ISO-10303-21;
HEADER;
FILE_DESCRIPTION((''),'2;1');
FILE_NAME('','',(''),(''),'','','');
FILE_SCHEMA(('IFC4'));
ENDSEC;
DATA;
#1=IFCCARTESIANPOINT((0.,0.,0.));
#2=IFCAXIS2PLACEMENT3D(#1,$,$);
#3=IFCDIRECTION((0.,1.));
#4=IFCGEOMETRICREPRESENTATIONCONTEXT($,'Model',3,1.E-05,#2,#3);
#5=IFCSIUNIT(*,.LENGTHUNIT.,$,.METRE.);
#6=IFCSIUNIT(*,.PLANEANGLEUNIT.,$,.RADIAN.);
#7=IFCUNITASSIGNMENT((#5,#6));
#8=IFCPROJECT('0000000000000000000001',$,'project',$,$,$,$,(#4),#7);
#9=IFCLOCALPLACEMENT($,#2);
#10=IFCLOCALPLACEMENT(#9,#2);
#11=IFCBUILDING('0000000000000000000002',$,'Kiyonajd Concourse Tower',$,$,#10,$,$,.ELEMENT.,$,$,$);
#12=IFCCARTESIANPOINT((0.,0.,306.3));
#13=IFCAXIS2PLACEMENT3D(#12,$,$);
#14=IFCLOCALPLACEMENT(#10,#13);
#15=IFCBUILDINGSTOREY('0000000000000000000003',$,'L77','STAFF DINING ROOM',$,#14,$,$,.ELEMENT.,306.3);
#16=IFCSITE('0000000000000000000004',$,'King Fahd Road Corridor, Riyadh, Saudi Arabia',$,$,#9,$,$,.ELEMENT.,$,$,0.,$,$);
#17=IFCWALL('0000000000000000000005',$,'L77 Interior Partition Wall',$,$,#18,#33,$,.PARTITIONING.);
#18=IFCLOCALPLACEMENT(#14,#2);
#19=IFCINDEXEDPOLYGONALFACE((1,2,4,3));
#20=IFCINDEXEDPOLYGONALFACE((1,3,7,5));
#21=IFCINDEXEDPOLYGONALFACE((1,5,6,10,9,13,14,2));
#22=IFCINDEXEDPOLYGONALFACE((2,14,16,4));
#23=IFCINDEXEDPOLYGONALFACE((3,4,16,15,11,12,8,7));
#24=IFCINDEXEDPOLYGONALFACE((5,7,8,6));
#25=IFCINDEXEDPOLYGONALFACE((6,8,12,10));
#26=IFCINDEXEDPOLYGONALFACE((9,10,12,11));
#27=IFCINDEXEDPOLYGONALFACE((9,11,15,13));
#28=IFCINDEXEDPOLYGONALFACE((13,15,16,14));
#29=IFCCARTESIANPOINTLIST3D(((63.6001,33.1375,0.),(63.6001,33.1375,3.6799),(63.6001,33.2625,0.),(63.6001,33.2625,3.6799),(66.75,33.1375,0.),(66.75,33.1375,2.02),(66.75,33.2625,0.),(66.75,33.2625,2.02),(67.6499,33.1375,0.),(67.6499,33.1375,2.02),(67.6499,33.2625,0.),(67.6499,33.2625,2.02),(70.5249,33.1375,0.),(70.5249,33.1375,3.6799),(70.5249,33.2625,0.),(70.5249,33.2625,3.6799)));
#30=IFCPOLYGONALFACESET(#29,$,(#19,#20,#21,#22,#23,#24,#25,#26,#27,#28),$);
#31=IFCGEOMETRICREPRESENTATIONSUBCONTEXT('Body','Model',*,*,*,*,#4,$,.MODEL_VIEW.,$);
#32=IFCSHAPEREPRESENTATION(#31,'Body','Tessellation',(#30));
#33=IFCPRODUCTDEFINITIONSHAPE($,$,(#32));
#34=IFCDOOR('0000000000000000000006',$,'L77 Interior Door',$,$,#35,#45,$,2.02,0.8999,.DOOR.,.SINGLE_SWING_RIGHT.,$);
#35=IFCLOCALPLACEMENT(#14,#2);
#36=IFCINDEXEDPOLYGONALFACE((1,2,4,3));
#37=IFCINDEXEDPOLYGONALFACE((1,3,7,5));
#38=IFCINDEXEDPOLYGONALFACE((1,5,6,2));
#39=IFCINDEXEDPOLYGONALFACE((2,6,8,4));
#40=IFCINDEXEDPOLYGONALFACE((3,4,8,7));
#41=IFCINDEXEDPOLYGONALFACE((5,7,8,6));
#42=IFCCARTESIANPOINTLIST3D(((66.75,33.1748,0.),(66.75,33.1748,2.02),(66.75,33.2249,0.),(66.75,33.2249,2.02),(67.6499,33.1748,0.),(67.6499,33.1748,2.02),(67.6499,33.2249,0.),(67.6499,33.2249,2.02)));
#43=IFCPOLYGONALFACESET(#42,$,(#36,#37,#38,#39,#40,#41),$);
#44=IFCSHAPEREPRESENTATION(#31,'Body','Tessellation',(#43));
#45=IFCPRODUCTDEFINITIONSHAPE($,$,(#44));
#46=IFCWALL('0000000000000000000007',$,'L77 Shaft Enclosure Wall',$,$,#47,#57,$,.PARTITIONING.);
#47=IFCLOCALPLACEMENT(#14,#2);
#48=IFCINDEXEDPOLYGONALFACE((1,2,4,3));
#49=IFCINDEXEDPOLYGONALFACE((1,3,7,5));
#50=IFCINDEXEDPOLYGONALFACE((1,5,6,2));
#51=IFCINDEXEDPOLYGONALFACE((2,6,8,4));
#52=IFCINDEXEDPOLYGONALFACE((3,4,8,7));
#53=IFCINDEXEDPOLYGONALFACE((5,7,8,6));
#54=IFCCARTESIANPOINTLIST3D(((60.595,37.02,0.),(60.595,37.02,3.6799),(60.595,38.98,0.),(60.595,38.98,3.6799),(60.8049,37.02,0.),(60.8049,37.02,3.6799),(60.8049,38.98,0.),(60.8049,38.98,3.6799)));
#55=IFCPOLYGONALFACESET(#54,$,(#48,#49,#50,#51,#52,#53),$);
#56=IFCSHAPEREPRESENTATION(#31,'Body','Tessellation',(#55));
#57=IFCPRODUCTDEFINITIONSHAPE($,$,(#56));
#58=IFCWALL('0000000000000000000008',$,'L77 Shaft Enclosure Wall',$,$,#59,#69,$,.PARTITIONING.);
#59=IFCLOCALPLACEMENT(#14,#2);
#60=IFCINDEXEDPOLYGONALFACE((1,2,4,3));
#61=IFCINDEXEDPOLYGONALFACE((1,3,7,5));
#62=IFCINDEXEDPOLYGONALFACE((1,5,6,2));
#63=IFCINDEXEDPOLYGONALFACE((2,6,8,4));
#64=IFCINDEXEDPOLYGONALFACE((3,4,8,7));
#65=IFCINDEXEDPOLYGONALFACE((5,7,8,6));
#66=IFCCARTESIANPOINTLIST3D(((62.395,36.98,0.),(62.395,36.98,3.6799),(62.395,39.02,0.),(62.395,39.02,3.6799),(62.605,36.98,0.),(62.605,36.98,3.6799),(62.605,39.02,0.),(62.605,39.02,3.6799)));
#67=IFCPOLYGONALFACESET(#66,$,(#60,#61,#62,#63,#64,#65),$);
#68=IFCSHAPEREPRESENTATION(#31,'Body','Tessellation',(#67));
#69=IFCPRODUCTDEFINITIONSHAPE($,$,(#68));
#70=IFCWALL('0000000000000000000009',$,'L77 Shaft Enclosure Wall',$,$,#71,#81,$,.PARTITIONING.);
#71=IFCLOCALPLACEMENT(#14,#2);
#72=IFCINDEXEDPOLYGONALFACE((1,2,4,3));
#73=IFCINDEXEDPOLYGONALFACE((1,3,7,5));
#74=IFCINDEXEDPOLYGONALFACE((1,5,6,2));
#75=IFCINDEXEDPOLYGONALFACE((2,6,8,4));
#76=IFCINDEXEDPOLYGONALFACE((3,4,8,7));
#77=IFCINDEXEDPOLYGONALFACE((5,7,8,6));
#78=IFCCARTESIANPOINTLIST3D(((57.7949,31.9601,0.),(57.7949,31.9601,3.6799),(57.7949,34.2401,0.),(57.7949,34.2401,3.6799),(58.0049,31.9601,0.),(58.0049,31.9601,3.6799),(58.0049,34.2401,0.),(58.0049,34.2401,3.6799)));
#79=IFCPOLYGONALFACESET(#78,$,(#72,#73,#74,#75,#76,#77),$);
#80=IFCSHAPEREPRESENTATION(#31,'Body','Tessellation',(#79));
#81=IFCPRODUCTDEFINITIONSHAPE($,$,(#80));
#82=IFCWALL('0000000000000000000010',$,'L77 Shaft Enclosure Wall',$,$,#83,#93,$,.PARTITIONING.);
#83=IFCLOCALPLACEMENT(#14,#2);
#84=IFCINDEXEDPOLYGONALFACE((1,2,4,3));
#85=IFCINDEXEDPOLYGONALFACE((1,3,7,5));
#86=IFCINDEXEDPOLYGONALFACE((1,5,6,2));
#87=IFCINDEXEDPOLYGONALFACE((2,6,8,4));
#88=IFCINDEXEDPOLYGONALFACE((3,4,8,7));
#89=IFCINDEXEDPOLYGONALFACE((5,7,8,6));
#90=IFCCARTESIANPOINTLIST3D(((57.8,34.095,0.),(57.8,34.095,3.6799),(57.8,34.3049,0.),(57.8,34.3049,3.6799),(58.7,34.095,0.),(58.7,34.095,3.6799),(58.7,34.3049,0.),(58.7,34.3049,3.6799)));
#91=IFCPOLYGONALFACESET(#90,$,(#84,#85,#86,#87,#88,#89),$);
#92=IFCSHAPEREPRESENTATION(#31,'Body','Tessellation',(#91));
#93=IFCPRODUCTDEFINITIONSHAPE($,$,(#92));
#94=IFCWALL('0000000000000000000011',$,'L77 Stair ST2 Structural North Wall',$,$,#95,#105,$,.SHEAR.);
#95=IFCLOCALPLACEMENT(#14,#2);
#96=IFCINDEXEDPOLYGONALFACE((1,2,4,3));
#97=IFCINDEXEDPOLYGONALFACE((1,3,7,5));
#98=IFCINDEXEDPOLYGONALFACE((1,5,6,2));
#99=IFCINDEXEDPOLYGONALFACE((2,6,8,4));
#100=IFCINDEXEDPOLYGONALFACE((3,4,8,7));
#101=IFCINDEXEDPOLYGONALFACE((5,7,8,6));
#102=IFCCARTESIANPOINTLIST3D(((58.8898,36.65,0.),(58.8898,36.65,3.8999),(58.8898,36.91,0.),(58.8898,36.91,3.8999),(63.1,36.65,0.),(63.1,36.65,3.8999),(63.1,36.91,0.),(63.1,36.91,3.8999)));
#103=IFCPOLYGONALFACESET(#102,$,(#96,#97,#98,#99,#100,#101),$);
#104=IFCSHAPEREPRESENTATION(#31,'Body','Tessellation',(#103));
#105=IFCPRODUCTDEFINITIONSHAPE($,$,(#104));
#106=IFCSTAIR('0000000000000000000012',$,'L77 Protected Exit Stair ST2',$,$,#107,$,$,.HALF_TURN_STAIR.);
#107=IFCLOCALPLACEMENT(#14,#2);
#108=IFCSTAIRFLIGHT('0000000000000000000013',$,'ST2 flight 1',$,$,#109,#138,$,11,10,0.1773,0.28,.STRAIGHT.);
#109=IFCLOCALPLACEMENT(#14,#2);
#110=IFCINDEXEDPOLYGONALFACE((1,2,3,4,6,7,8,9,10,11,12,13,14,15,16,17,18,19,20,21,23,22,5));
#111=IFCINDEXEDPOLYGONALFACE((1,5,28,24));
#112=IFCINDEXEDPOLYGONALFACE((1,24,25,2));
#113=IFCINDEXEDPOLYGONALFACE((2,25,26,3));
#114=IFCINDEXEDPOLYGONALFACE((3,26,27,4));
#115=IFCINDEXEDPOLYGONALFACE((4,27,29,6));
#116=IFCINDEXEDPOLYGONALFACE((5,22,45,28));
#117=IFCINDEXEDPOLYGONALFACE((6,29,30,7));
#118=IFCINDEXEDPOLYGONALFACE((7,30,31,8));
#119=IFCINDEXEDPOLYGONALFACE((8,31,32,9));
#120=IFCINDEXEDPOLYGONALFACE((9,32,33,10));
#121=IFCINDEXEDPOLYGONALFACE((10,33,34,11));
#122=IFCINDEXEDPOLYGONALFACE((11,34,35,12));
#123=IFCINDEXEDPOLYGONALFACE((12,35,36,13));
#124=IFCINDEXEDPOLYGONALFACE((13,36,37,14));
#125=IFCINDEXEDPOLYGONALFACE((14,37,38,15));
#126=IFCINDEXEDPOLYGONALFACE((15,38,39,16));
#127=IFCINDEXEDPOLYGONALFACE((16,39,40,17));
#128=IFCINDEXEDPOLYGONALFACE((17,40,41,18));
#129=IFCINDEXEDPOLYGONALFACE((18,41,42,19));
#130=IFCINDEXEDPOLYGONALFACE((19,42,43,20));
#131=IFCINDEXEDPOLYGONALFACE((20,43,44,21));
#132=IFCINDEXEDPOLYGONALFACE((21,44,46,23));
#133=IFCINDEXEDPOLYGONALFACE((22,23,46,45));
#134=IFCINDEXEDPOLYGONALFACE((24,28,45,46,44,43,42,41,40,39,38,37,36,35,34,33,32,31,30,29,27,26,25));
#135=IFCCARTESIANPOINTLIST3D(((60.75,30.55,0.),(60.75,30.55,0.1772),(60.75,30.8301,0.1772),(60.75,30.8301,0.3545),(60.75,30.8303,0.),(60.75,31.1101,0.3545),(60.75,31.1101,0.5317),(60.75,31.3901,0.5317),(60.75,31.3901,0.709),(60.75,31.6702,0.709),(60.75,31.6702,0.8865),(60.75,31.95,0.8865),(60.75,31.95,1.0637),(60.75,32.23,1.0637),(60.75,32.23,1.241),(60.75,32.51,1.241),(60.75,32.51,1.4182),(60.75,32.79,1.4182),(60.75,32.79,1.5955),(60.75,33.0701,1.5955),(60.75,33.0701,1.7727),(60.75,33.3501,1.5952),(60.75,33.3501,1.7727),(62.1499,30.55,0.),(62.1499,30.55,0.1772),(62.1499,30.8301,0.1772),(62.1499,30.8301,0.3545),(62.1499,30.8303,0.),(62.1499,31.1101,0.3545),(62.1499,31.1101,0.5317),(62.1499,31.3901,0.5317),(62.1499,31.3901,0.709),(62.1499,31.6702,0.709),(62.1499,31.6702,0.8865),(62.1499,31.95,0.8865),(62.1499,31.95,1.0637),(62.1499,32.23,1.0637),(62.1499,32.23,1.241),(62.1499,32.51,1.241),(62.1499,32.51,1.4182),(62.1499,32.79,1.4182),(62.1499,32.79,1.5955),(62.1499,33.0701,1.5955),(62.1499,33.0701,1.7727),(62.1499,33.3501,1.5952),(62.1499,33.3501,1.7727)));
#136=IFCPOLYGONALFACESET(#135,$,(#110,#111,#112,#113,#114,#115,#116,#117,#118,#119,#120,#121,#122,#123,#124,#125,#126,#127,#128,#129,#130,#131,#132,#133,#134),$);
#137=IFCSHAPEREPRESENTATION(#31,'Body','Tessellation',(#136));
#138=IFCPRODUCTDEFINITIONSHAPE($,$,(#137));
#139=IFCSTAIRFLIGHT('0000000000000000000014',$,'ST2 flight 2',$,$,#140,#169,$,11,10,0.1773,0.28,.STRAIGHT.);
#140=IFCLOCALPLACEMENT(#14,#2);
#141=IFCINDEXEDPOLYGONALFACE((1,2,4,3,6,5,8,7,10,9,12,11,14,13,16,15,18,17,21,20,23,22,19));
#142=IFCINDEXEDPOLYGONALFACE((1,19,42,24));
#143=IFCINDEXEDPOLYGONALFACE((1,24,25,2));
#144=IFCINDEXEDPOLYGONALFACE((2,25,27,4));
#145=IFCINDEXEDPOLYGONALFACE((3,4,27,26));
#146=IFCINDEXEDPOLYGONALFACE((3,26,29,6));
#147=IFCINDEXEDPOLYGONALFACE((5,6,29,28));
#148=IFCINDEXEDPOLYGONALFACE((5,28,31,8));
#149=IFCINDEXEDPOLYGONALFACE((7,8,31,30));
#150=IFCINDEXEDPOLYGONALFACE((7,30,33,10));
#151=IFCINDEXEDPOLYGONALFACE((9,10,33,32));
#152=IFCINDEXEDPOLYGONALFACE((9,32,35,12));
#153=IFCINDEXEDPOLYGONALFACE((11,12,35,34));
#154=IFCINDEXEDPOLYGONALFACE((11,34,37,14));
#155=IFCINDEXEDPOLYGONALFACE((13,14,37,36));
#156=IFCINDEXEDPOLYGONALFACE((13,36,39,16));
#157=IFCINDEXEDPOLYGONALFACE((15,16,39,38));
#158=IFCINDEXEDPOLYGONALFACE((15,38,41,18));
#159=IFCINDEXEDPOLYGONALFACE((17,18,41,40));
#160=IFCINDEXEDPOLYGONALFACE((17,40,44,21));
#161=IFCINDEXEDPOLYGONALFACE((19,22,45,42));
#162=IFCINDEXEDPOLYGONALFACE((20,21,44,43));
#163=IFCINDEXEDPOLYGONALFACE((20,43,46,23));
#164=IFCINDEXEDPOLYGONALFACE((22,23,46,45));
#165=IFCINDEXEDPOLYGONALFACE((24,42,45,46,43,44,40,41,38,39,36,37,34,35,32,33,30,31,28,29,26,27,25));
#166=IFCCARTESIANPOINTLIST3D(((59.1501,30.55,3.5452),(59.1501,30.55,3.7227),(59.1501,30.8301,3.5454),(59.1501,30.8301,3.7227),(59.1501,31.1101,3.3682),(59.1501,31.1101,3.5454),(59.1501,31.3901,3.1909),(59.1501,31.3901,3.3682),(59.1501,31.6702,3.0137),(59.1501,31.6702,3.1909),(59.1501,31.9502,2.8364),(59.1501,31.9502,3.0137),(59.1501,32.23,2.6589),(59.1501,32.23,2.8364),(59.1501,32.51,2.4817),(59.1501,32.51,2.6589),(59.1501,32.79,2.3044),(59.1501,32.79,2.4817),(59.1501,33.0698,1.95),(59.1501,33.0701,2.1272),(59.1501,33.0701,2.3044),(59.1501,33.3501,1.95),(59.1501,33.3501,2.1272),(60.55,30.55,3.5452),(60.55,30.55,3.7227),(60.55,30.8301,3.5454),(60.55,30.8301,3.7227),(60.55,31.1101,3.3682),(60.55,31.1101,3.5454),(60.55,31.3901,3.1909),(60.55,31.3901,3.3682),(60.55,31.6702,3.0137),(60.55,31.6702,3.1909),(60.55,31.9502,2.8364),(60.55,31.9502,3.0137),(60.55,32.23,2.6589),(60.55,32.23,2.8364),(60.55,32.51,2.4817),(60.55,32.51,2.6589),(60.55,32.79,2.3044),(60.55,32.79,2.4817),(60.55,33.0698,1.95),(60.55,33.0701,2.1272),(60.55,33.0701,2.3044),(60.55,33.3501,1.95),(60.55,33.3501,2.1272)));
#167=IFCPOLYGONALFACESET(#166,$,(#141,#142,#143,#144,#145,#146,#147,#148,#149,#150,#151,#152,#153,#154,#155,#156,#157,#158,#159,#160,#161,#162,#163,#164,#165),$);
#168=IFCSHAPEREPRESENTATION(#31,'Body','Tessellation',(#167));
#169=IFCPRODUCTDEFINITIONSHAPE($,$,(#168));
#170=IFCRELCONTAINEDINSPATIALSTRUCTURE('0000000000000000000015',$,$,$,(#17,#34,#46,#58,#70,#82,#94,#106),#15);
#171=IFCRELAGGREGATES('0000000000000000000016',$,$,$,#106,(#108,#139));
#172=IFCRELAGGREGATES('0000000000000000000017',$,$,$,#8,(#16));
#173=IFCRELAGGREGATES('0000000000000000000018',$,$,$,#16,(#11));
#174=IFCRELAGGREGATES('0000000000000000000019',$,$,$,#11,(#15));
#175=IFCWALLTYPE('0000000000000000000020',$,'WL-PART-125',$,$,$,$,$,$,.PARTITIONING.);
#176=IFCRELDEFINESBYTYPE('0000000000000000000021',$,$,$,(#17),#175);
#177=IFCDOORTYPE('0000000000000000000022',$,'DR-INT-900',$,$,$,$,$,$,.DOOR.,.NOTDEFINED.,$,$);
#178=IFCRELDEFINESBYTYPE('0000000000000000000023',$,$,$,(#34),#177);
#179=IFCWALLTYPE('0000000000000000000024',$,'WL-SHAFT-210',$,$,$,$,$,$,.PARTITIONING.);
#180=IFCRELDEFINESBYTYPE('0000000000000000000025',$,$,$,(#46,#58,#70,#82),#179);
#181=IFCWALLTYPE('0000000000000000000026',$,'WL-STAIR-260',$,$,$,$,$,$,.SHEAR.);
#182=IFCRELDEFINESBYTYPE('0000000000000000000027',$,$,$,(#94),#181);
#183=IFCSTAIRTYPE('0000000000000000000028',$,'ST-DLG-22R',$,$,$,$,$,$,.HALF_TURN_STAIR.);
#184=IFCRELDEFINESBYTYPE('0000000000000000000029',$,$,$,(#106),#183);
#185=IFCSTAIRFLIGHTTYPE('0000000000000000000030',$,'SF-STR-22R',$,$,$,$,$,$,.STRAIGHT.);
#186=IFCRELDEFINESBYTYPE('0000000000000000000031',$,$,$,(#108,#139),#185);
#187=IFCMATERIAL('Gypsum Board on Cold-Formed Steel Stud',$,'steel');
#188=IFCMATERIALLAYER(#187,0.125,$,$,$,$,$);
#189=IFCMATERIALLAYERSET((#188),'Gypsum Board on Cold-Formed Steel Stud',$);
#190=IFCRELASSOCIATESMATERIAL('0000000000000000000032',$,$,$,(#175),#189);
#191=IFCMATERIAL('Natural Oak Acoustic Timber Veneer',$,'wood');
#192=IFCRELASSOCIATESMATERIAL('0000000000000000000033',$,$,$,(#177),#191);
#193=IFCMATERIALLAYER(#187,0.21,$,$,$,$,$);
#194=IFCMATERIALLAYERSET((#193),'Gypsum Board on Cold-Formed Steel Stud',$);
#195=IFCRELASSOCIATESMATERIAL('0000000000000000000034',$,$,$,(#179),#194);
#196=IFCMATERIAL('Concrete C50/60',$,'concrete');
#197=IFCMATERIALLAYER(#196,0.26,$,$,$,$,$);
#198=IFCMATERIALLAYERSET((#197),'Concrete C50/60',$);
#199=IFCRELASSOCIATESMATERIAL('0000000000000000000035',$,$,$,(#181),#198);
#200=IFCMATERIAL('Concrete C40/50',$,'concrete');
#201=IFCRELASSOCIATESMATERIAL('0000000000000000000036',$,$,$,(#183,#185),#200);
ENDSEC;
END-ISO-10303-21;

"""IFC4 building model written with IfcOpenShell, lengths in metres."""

from ifc_helpers import new_model, si_unit, direction, frame, frame_2d, origin, place, context, subcontext, project, spatial, polyline, rectangle, outline, extrude, material, layer, layer_set, type_object, element, fill, aggregate, save


model = new_model("IFC4")

# Units and contexts
model_context = context("Model", 3, precision=1e-05, world=origin(), true_north=direction((0.0, 1.0)))
body_context = subcontext(model_context, "Body", "Model", "MODEL_VIEW")
ifc_project = project(units=[si_unit("LENGTHUNIT", "METRE"), si_unit("PLANEANGLEUNIT", "RADIAN")], contexts=[model_context])

# Site, building, storey
site_placement = place(None, origin())
site = spatial("IfcSite", under=ifc_project, at=site_placement, Name="King Fahd Road Corridor, Riyadh, Saudi Arabia", CompositionType="ELEMENT", RefElevation=0.0)
building_placement = place(site_placement, origin())
building = spatial("IfcBuilding", under=site, at=building_placement, Name="Kiyonajd Concourse Tower", CompositionType="ELEMENT")
storey_placement = place(building_placement, frame((0.0, 0.0, 306.3)))
storey = spatial("IfcBuildingStorey", under=building, at=storey_placement, Name="L77", Description="STAFF DINING ROOM", CompositionType="ELEMENT", Elevation=306.3)

# Shared definitions
ifc_material_1 = material(Name="Concrete C50/60", Category="concrete")

# Wall, opening, door
ifc_material_2 = material(Name="Gypsum Board on Cold-Formed Steel Stud", Category="steel")
ifc_layer_1 = layer(ifc_material_2, 0.125)
ifc_layer_set_1 = layer_set([ifc_layer_1], Name="Gypsum Board on Cold-Formed Steel Stud")
wall_type_1 = type_object("IfcWallType", Name="WL-PART-125", PredefinedType="PARTITIONING", material=ifc_layer_set_1)
wall_1_placement = place(storey_placement, frame((63.6001, 33.2, 0.0), z_axis=(0.0, 0.0, 1.0), x_axis=(1.0, 0.0, 0.0)))
wall_1 = element("IfcWall", 1, at=wall_1_placement, inside=storey, type_object=wall_type_1, Name="L77 Interior Partition Wall", PredefinedType="PARTITIONING", context=body_context, shape_type="SweptSolid", body=[
    extrude(rectangle(XDim=6.9248, YDim=0.125, at=frame_2d((3.4624, 0.0))), origin(), (0.0, 0.0, 1.0), 3.6799),
])
opening_1_placement = place(wall_1_placement, frame((3.1499, 0.0, 0.0)))
opening_1 = element("IfcOpeningElement", 2, at=opening_1_placement, cuts=wall_1, PredefinedType="OPENING", context=body_context, shape_type="SweptSolid", body=[
    extrude(rectangle(XDim=0.8999, YDim=2.02, at=frame_2d((0.45, 1.01))), frame((0.0, 0.0725, 0.0), z_axis=(0.0, -1.0, 0.0), x_axis=(1.0, 0.0, 0.0)), (0.0, 0.0, 1.0), 0.145),
])
ifc_material_3 = material(Name="Natural Oak Acoustic Timber Veneer", Category="wood")
door_type = type_object("IfcDoorType", Name="DR-INT-900", OperationType="NOTDEFINED", PredefinedType="DOOR", material=ifc_material_3)
door_placement = place(opening_1_placement, origin())
door = element("IfcDoor", 3, at=door_placement, inside=storey, type_object=door_type, Name="L77 Interior Door", OperationType="SINGLE_SWING_RIGHT", OverallHeight=2.02, OverallWidth=0.8999, PredefinedType="DOOR", context=body_context, shape_type="SweptSolid", body=[
    extrude(rectangle(XDim=0.8999, YDim=2.02, at=frame_2d((0.45, 1.01))), frame((0.0, 0.0249, 0.0), z_axis=(0.0, -1.0, 0.0), x_axis=(1.0, 0.0, 0.0)), (0.0, 0.0, 1.0), 0.05),
])
fill(opening_1, door)

# Walls
ifc_layer_2 = layer(ifc_material_2, 0.21)
ifc_layer_set_2 = layer_set([ifc_layer_2], Name="Gypsum Board on Cold-Formed Steel Stud")
wall_type_2 = type_object("IfcWallType", Name="WL-SHAFT-210", PredefinedType="PARTITIONING", material=ifc_layer_set_2)
wall_2_placement = place(storey_placement, frame((60.7, 37.02, 0.0), z_axis=(0.0, 0.0, 1.0), x_axis=(0.0, 1.0, 0.0)))
element("IfcWall", 4, at=wall_2_placement, inside=storey, type_object=wall_type_2, Name="L77 Shaft Enclosure Wall", PredefinedType="PARTITIONING", context=body_context, shape_type="SweptSolid", body=[
    extrude(rectangle(XDim=1.96, YDim=0.21, at=frame_2d((0.98, 0.0))), origin(), (0.0, 0.0, 1.0), 3.6799),
])
wall_3_placement = place(storey_placement, frame((62.5, 36.98, 0.0), z_axis=(0.0, 0.0, 1.0), x_axis=(0.0, 1.0, 0.0)))
element("IfcWall", 5, at=wall_3_placement, inside=storey, type_object=wall_type_2, Name="L77 Shaft Enclosure Wall", PredefinedType="PARTITIONING", context=body_context, shape_type="SweptSolid", body=[
    extrude(rectangle(XDim=2.04, YDim=0.21, at=frame_2d((1.02, 0.0))), origin(), (0.0, 0.0, 1.0), 3.6799),
])
wall_4_placement = place(storey_placement, frame((57.8999, 31.96, 0.0), z_axis=(0.0, 0.0, 1.0), x_axis=(0.0, 1.0, 0.0)))
element("IfcWall", 6, at=wall_4_placement, inside=storey, type_object=wall_type_2, Name="L77 Shaft Enclosure Wall", PredefinedType="PARTITIONING", context=body_context, shape_type="SweptSolid", body=[
    extrude(rectangle(XDim=2.28, YDim=0.21, at=frame_2d((1.1401, 0.0))), origin(), (0.0, 0.0, 1.0), 3.6799),
])
wall_5_placement = place(storey_placement, frame((57.8, 34.2, 0.0), z_axis=(0.0, 0.0, 1.0), x_axis=(1.0, 0.0, 0.0)))
element("IfcWall", 7, at=wall_5_placement, inside=storey, type_object=wall_type_2, Name="L77 Shaft Enclosure Wall", PredefinedType="PARTITIONING", context=body_context, shape_type="SweptSolid", body=[
    extrude(rectangle(XDim=0.8999, YDim=0.21, at=frame_2d((0.45, 0.0))), origin(), (0.0, 0.0, 1.0), 3.6799),
])
ifc_layer_3 = layer(ifc_material_1, 0.26)
ifc_layer_set_3 = layer_set([ifc_layer_3], Name="Concrete C50/60")
wall_type_3 = type_object("IfcWallType", Name="WL-STAIR-260", PredefinedType="SHEAR", material=ifc_layer_set_3)
wall_6_placement = place(storey_placement, frame((58.8899, 36.78, 0.0), z_axis=(0.0, 0.0, 1.0), x_axis=(1.0, 0.0, 0.0)))
element("IfcWall", 8, at=wall_6_placement, inside=storey, type_object=wall_type_3, Name="L77 Stair ST2 Structural North Wall", PredefinedType="SHEAR", context=body_context, shape_type="SweptSolid", body=[
    extrude(rectangle(XDim=4.2102, YDim=0.26, at=frame_2d((2.105, 0.0))), origin(), (0.0, 0.0, 1.0), 3.8999),
])

# Stair, stair flights
ifc_material_4 = material(Name="Concrete C40/50", Category="concrete")
stair_type = type_object("IfcStairType", Name="ST-DLG-22R", PredefinedType="HALF_TURN_STAIR", material=ifc_material_4)
stair_placement = place(storey_placement, origin())
stair = element("IfcStair", 9, at=stair_placement, inside=storey, type_object=stair_type, Name="L77 Protected Exit Stair ST2", PredefinedType="HALF_TURN_STAIR")
stair_flight_type = type_object("IfcStairFlightType", Name="SF-STR-22R", PredefinedType="STRAIGHT", material=ifc_material_4)
stair_flight_1_placement = place(storey_placement, frame((61.45, 30.55, 0.0), z_axis=(0.0, 0.0, 1.0), x_axis=(0.0, 1.0, 0.0)))
stair_flight_1 = element("IfcStairFlight", 10, at=stair_flight_1_placement, type_object=stair_flight_type, Name="ST2 flight 1", NumberOfRisers=11, NumberOfTreads=10, PredefinedType="STRAIGHT", RiserHeight=0.1773, TreadLength=0.28, context=body_context, shape_type="SweptSolid", body=[
    extrude(outline(polyline([(0.0, 0.0), (0.0, 0.1772), (0.28, 0.1772), (0.28, 0.3545), (0.5601, 0.3545), (0.5601, 0.5317), (0.8401, 0.5317), (0.8401, 0.709), (1.1201, 0.709), (1.1201, 0.8865), (1.3999, 0.8865), (1.3999, 1.0637), (1.6799, 1.0637), (1.6799, 1.241), (1.96, 1.241), (1.96, 1.4182), (2.24, 1.4182), (2.24, 1.5955), (2.52, 1.5955), (2.52, 1.7727), (2.8, 1.7727), (2.8, 1.95), (2.8, 1.5952), (0.2803, 0.0), (0.0, 0.0)])), frame((0.0, 0.7, 0.0), z_axis=(0.0, -1.0, 0.0), x_axis=(1.0, 0.0, 0.0)), (0.0, 0.0, 1.0), 1.3999),
])
stair_flight_2_placement = place(storey_placement, frame((59.8501, 33.3501, 1.95), z_axis=(0.0, 0.0, 1.0), x_axis=(0.0, -1.0, 0.0)))
stair_flight_2 = element("IfcStairFlight", 11, at=stair_flight_2_placement, type_object=stair_flight_type, Name="ST2 flight 2", NumberOfRisers=11, NumberOfTreads=10, PredefinedType="STRAIGHT", RiserHeight=0.1773, TreadLength=0.28, context=body_context, shape_type="SweptSolid", body=[
    extrude(outline(polyline([(0.0, 0.0), (0.0, 0.1772), (0.28, 0.1772), (0.28, 0.3545), (0.5601, 0.3545), (0.5601, 0.5317), (0.8401, 0.5317), (0.8401, 0.709), (1.1201, 0.709), (1.1201, 0.8865), (1.3999, 0.8865), (1.3999, 1.0637), (1.6799, 1.0637), (1.6799, 1.241), (1.96, 1.241), (1.96, 1.4182), (2.24, 1.4182), (2.24, 1.5955), (2.52, 1.5955), (2.52, 1.7727), (2.8, 1.7727), (2.8, 1.95), (2.8, 1.5952), (0.2803, 0.0), (0.0, 0.0)])), frame((0.0, 0.7, 0.0), z_axis=(0.0, -1.0, 0.0), x_axis=(1.0, 0.0, 0.0)), (0.0, 0.0, 1.0), 1.3999),
])
aggregate(stair, [stair_flight_1, stair_flight_2])

save(model, "model.ifc")
